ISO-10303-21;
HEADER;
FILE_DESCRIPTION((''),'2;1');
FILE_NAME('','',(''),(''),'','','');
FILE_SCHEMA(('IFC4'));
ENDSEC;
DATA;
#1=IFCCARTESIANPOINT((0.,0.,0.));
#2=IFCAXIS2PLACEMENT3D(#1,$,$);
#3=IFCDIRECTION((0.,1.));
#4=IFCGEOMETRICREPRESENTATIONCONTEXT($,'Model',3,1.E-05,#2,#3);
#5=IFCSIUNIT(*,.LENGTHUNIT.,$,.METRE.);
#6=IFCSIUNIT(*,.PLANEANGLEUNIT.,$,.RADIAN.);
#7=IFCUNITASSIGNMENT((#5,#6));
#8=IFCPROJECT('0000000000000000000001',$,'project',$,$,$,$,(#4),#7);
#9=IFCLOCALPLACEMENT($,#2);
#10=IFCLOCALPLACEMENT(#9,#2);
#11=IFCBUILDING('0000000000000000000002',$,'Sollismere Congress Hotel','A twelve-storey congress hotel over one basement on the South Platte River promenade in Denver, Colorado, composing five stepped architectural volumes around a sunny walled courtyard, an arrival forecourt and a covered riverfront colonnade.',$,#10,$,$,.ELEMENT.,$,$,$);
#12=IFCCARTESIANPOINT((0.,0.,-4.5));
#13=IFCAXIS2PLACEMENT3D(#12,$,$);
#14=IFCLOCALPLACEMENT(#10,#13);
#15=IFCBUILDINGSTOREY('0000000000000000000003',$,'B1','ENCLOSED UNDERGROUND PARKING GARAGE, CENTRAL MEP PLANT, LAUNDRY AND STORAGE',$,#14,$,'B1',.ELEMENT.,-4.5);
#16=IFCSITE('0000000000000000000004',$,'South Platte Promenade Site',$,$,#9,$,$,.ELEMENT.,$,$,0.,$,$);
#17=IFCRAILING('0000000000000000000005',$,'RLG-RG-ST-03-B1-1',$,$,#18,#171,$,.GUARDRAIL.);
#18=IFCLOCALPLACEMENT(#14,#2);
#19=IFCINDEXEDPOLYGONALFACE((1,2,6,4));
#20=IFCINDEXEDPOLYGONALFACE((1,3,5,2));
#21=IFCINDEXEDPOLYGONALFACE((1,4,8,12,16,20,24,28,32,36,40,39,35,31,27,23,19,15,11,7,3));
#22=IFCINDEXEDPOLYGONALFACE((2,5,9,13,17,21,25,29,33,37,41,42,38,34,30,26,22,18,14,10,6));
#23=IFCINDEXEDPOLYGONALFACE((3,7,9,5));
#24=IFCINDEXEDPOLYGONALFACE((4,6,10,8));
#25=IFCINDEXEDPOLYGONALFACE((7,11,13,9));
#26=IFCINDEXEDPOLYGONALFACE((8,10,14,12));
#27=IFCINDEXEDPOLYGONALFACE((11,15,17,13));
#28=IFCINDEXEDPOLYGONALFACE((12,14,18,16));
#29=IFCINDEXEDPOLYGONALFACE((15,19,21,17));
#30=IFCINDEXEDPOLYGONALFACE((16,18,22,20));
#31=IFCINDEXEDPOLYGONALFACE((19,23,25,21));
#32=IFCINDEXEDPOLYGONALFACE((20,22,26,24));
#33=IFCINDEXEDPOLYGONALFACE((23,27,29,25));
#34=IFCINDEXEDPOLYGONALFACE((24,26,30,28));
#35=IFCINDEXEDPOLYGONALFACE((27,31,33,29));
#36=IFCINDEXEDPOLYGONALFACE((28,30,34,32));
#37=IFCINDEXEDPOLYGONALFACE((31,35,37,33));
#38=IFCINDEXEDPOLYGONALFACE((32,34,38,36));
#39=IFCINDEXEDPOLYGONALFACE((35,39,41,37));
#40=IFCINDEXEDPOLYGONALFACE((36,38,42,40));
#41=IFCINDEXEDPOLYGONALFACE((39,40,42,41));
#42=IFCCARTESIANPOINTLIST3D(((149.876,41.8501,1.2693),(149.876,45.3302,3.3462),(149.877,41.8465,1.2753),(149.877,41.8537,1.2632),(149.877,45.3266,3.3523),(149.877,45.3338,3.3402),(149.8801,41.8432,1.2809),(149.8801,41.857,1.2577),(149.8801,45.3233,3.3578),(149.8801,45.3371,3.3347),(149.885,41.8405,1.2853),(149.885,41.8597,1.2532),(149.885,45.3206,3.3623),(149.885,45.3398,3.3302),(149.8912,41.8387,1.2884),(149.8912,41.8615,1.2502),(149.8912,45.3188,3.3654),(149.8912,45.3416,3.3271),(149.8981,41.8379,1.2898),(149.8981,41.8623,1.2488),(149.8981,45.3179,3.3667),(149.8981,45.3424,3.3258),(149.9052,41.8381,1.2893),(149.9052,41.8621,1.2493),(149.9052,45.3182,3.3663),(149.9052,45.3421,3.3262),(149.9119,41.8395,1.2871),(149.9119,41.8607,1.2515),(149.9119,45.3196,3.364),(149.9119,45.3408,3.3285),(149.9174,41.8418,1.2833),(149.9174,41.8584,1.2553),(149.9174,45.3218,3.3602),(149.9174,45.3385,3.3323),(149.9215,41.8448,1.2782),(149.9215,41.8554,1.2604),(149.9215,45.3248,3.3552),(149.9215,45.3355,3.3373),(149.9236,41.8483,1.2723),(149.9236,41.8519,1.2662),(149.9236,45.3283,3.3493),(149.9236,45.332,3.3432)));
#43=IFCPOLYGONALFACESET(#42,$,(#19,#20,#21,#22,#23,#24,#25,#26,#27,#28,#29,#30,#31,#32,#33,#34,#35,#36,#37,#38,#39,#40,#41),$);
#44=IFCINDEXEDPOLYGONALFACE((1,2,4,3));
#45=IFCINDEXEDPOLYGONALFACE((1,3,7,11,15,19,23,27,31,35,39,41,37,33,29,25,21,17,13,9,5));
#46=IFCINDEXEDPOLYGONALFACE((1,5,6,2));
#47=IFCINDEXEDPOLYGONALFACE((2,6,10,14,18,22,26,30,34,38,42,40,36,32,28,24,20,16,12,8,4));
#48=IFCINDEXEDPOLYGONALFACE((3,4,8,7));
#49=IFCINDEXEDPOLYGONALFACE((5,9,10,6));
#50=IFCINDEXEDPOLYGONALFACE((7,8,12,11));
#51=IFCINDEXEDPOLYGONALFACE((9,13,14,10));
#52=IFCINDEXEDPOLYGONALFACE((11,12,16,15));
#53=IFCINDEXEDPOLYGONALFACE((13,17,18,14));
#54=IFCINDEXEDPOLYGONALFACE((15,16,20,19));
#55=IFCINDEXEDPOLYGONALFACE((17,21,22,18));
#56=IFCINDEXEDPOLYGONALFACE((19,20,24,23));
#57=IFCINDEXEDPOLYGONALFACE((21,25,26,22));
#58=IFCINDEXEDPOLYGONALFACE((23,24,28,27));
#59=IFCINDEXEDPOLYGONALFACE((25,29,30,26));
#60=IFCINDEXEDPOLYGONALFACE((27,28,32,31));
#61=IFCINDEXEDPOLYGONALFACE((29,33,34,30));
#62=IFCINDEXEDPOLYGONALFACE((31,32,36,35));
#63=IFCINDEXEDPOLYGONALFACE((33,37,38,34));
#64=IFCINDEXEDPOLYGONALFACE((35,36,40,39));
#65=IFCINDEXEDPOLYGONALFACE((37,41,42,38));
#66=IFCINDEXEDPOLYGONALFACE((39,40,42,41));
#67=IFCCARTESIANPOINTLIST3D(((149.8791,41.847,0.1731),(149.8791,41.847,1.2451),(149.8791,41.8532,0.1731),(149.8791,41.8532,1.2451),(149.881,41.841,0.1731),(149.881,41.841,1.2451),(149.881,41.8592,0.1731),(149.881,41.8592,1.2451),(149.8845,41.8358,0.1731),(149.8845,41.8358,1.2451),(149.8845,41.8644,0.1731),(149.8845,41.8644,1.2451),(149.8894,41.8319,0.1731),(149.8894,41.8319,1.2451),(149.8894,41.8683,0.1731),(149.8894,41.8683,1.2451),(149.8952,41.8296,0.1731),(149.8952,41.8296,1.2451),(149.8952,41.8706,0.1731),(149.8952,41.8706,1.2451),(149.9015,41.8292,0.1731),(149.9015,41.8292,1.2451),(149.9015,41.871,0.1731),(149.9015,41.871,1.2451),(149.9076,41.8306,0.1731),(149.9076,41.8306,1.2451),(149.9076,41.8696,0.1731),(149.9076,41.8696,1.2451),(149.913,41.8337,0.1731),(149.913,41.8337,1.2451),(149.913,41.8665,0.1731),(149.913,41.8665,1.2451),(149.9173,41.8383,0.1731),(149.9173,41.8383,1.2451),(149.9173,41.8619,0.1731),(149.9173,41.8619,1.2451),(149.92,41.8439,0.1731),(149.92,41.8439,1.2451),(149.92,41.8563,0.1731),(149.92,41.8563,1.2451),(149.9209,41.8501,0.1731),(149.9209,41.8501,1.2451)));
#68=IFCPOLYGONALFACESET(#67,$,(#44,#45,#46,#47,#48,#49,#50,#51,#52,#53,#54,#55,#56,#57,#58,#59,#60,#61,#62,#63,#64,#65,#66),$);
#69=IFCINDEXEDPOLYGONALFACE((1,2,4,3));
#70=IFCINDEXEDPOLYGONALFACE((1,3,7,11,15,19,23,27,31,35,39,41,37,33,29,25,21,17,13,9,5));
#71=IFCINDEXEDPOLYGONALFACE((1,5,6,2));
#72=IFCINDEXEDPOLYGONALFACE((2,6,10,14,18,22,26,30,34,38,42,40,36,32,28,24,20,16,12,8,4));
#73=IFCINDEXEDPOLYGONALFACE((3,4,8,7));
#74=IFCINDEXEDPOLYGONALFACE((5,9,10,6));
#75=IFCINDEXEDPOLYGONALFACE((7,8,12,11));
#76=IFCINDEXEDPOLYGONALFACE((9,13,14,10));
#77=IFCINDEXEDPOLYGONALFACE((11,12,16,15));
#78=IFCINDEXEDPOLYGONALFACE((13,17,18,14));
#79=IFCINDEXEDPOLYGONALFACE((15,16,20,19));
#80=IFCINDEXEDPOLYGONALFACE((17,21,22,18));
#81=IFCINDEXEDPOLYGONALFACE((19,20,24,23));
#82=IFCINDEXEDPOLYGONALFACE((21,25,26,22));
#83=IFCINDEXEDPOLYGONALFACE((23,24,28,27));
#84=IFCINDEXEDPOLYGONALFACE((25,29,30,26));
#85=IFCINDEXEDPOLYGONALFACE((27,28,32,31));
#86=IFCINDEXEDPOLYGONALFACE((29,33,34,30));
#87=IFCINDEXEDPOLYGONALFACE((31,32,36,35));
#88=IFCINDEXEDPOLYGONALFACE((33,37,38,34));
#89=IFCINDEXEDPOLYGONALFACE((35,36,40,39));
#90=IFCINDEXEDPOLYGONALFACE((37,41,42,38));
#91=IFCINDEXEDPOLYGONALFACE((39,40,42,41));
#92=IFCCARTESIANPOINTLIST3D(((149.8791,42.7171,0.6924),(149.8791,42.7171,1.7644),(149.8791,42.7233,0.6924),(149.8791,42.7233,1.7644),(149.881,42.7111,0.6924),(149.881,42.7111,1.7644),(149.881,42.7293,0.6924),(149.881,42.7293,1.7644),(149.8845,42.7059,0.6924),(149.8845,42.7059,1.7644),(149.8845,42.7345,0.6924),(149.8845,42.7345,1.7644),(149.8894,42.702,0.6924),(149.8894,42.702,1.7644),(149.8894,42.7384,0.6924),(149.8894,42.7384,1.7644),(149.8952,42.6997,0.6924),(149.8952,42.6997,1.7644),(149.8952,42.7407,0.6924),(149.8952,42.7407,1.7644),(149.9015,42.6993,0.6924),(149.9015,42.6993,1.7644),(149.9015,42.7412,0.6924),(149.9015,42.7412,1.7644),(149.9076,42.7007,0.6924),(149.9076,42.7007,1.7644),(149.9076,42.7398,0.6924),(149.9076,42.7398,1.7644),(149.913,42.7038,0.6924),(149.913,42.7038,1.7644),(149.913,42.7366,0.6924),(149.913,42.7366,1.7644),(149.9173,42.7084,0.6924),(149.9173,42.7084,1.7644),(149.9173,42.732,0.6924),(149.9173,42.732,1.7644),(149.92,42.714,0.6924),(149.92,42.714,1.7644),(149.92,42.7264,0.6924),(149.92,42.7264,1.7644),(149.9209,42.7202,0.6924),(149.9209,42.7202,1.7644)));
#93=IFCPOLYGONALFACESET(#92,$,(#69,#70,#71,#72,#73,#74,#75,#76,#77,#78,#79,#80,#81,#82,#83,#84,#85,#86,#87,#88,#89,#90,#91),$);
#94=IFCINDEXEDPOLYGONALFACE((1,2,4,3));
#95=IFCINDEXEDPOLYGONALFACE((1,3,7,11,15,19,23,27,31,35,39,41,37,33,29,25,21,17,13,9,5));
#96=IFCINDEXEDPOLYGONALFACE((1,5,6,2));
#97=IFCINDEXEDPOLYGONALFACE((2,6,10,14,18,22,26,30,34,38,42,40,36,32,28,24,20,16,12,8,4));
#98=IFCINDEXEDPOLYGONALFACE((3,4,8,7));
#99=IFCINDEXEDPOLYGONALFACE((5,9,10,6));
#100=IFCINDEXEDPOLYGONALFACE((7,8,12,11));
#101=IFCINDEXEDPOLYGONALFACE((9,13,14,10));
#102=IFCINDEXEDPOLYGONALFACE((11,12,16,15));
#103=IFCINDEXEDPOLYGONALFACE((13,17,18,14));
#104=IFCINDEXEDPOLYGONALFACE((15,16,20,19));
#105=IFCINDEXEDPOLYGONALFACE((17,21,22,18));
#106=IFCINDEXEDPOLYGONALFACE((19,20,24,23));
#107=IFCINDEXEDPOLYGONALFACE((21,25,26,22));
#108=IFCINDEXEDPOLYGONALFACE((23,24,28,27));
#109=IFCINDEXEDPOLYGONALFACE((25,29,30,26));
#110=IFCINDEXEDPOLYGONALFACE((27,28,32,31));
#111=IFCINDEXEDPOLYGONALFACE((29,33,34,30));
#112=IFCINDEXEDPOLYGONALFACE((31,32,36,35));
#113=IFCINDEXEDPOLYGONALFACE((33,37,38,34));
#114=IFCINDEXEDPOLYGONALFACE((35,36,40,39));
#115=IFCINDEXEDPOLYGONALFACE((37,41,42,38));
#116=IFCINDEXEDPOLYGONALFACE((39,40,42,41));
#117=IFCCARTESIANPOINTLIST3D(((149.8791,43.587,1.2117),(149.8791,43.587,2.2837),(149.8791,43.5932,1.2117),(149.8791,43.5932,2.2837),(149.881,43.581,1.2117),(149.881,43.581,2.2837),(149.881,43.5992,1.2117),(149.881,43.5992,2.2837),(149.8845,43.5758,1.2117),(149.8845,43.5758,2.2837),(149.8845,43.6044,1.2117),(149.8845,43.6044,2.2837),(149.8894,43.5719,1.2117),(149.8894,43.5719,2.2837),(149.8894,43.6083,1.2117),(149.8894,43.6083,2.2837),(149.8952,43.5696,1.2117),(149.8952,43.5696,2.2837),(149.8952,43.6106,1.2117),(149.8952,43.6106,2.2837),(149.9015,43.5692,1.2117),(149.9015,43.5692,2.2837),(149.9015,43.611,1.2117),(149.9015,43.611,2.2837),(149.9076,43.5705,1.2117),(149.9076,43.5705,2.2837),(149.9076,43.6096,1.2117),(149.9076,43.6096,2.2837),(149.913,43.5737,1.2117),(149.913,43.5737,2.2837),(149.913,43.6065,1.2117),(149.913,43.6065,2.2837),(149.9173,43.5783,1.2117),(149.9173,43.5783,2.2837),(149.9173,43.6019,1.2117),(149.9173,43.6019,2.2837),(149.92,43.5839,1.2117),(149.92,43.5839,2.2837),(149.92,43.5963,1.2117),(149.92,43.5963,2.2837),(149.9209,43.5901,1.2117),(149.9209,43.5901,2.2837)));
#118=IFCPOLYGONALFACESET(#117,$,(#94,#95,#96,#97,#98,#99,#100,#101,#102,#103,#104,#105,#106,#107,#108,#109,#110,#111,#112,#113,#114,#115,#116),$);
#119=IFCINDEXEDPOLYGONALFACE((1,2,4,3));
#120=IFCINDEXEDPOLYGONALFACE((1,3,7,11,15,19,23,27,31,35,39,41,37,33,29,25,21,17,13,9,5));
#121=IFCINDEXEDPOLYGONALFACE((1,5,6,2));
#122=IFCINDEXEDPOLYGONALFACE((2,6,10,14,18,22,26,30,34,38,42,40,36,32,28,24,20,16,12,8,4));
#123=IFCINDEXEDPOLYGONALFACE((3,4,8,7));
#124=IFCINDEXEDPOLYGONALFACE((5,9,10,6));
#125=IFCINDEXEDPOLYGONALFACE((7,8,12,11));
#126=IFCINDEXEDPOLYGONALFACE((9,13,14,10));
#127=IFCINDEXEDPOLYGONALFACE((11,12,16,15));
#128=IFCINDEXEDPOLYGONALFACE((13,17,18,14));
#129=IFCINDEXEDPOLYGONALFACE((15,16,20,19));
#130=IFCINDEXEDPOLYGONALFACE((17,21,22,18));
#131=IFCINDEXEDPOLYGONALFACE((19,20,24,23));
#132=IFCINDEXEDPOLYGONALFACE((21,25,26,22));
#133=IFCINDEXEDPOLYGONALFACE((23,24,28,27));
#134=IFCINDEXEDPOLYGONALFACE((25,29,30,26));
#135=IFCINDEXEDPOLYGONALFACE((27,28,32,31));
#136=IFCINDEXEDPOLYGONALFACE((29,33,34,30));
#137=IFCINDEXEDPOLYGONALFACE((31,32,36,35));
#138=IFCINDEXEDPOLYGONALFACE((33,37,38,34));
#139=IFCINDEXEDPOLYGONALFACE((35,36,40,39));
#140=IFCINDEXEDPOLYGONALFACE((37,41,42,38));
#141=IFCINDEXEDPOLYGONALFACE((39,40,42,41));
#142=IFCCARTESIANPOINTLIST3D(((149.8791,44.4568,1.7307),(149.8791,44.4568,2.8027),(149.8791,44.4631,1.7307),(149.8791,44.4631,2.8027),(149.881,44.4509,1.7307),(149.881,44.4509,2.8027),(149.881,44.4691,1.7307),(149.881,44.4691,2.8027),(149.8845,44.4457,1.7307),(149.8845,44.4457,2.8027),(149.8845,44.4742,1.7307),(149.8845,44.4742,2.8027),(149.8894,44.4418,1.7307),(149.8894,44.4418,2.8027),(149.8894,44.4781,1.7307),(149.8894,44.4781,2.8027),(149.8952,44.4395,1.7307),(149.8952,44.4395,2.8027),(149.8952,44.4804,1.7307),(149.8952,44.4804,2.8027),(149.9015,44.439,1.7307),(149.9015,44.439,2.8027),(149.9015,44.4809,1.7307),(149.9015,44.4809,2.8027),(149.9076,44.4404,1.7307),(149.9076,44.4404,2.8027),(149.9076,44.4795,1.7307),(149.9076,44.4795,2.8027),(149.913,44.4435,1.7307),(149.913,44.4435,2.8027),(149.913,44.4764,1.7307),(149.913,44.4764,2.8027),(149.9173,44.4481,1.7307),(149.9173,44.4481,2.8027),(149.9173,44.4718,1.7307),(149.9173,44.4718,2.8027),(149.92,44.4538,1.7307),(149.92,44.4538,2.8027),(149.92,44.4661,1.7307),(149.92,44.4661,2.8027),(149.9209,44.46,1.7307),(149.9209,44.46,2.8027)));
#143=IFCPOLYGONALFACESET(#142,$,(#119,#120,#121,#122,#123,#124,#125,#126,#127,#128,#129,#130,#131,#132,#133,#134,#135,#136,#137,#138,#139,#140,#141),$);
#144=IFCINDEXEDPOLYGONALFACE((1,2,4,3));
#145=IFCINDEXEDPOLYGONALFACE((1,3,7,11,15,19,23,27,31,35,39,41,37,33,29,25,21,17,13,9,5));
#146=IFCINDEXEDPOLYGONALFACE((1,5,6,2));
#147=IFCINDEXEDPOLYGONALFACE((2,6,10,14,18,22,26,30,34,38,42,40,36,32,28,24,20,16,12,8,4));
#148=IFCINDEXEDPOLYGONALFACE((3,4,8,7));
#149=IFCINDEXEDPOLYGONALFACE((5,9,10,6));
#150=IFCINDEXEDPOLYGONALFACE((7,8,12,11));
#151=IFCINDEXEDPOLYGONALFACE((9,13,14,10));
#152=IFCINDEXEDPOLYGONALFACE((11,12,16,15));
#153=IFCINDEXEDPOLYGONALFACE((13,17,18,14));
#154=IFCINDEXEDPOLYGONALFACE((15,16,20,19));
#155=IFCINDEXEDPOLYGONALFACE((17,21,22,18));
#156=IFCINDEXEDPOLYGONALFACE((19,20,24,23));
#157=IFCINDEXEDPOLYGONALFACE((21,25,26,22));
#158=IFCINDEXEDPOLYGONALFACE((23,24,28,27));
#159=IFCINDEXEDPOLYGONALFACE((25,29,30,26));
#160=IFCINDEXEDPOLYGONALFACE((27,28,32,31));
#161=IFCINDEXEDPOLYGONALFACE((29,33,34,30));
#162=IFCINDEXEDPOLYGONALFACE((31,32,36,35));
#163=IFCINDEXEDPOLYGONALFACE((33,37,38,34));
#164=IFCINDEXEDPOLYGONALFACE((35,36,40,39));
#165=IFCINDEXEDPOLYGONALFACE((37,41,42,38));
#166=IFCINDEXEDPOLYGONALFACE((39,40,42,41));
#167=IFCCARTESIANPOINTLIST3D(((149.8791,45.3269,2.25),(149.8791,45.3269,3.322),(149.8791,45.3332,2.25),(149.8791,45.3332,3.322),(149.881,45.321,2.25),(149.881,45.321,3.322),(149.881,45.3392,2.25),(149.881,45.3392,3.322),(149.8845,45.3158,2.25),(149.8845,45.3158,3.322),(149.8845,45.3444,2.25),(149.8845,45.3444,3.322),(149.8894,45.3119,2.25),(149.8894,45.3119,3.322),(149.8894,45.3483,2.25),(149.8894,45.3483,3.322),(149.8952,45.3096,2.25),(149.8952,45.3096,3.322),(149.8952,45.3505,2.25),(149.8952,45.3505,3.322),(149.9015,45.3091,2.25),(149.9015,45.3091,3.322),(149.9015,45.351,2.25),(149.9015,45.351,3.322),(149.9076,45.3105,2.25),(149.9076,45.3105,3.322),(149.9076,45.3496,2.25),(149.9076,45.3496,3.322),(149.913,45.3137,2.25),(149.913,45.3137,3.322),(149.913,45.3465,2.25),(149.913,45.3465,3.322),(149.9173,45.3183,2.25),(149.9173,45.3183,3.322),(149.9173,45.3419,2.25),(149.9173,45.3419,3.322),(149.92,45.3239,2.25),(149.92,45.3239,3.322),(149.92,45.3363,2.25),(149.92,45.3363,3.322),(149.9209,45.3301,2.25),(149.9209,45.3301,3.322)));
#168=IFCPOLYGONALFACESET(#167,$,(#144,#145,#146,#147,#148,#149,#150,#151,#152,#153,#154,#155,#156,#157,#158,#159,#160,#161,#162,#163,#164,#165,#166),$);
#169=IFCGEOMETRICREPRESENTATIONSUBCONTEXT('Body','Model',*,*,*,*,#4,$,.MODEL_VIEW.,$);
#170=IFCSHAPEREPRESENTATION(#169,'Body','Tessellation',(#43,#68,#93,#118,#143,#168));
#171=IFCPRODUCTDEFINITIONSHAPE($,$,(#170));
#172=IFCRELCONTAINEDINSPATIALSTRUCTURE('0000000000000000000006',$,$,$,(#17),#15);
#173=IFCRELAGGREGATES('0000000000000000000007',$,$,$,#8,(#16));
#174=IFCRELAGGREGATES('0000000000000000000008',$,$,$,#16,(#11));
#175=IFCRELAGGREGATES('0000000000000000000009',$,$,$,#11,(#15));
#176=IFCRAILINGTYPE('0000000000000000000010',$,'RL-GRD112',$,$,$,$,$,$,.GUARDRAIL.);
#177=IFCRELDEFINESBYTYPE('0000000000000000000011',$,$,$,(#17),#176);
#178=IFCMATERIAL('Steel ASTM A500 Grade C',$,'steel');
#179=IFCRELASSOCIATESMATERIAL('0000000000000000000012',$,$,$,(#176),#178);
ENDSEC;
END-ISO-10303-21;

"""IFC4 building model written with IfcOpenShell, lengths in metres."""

from ifc_helpers import new_model, si_unit, direction, frame, origin, origin_2d, place, context, subcontext, project, spatial, circle, extrude, material, type_object, element, save


model = new_model("IFC4")

# Units and contexts
model_context = context("Model", 3, precision=1e-05, world=origin(), true_north=direction((0.0, 1.0)))
body_context = subcontext(model_context, "Body", "Model", "MODEL_VIEW")
ifc_project = project(units=[si_unit("LENGTHUNIT", "METRE"), si_unit("PLANEANGLEUNIT", "RADIAN")], contexts=[model_context])

# Site, building, storey
site_placement = place(None, origin())
site = spatial("IfcSite", under=ifc_project, at=site_placement, Name="South Platte Promenade Site", CompositionType="ELEMENT", RefElevation=0.0)
building_placement = place(site_placement, origin())
building = spatial("IfcBuilding", under=site, at=building_placement, Name="Sollismere Congress Hotel", Description="A twelve-storey congress hotel over one basement on the South Platte River promenade in Denver, Colorado, composing five stepped architectural volumes around a sunny walled courtyard, an arrival forecourt and a covered riverfront colonnade.", CompositionType="ELEMENT")
storey_placement = place(building_placement, frame((0.0, 0.0, -4.5)))
storey = spatial("IfcBuildingStorey", under=building, at=storey_placement, Name="B1", Description="ENCLOSED UNDERGROUND PARKING GARAGE, CENTRAL MEP PLANT, LAUNDRY AND STORAGE", LongName="B1", CompositionType="ELEMENT", Elevation=-4.5)

# Railing
ifc_material_1 = material(Name="Steel ASTM A500 Grade C", Category="steel")
railing_type_1 = type_object("IfcRailingType", Name="RL-GRD112", PredefinedType="GUARDRAIL", material=ifc_material_1)
railing_1_placement = place(storey_placement, frame((149.8999, 41.8501, 0.1731)))
element("IfcRailing", 1, at=railing_1_placement, inside=storey, type_object=railing_type_1, Name="RLG-RG-ST-03-B1-1", PredefinedType="GUARDRAIL", context=body_context, shape_type="SweptSolid", body=[
    extrude(circle(Radius=0.0239, at=origin_2d()), frame((0.0, 0.0, 1.0962), z_axis=(0.0, 0.858697, 0.512483), x_axis=(-1.0, 0.0, 0.0)), (0.0, 0.0, 1.0), 4.0527),
    extrude(circle(Radius=0.021, at=origin_2d()), origin(), (0.0, 0.0, 1.0), 1.072),
    extrude(circle(Radius=0.021, at=origin_2d()), frame((0.0, 0.8701, 0.5193)), (0.0, 0.0, 1.0), 1.072),
    extrude(circle(Radius=0.021, at=origin_2d()), frame((0.0, 1.74, 1.0386)), (0.0, 0.0, 1.0), 1.072),
    extrude(circle(Radius=0.021, at=origin_2d()), frame((0.0, 2.6099, 1.5576)), (0.0, 0.0, 1.0), 1.072),
    extrude(circle(Radius=0.021, at=origin_2d()), frame((0.0, 3.48, 2.0769)), (0.0, 0.0, 1.0), 1.072),
])

save(model, "model.ifc")
